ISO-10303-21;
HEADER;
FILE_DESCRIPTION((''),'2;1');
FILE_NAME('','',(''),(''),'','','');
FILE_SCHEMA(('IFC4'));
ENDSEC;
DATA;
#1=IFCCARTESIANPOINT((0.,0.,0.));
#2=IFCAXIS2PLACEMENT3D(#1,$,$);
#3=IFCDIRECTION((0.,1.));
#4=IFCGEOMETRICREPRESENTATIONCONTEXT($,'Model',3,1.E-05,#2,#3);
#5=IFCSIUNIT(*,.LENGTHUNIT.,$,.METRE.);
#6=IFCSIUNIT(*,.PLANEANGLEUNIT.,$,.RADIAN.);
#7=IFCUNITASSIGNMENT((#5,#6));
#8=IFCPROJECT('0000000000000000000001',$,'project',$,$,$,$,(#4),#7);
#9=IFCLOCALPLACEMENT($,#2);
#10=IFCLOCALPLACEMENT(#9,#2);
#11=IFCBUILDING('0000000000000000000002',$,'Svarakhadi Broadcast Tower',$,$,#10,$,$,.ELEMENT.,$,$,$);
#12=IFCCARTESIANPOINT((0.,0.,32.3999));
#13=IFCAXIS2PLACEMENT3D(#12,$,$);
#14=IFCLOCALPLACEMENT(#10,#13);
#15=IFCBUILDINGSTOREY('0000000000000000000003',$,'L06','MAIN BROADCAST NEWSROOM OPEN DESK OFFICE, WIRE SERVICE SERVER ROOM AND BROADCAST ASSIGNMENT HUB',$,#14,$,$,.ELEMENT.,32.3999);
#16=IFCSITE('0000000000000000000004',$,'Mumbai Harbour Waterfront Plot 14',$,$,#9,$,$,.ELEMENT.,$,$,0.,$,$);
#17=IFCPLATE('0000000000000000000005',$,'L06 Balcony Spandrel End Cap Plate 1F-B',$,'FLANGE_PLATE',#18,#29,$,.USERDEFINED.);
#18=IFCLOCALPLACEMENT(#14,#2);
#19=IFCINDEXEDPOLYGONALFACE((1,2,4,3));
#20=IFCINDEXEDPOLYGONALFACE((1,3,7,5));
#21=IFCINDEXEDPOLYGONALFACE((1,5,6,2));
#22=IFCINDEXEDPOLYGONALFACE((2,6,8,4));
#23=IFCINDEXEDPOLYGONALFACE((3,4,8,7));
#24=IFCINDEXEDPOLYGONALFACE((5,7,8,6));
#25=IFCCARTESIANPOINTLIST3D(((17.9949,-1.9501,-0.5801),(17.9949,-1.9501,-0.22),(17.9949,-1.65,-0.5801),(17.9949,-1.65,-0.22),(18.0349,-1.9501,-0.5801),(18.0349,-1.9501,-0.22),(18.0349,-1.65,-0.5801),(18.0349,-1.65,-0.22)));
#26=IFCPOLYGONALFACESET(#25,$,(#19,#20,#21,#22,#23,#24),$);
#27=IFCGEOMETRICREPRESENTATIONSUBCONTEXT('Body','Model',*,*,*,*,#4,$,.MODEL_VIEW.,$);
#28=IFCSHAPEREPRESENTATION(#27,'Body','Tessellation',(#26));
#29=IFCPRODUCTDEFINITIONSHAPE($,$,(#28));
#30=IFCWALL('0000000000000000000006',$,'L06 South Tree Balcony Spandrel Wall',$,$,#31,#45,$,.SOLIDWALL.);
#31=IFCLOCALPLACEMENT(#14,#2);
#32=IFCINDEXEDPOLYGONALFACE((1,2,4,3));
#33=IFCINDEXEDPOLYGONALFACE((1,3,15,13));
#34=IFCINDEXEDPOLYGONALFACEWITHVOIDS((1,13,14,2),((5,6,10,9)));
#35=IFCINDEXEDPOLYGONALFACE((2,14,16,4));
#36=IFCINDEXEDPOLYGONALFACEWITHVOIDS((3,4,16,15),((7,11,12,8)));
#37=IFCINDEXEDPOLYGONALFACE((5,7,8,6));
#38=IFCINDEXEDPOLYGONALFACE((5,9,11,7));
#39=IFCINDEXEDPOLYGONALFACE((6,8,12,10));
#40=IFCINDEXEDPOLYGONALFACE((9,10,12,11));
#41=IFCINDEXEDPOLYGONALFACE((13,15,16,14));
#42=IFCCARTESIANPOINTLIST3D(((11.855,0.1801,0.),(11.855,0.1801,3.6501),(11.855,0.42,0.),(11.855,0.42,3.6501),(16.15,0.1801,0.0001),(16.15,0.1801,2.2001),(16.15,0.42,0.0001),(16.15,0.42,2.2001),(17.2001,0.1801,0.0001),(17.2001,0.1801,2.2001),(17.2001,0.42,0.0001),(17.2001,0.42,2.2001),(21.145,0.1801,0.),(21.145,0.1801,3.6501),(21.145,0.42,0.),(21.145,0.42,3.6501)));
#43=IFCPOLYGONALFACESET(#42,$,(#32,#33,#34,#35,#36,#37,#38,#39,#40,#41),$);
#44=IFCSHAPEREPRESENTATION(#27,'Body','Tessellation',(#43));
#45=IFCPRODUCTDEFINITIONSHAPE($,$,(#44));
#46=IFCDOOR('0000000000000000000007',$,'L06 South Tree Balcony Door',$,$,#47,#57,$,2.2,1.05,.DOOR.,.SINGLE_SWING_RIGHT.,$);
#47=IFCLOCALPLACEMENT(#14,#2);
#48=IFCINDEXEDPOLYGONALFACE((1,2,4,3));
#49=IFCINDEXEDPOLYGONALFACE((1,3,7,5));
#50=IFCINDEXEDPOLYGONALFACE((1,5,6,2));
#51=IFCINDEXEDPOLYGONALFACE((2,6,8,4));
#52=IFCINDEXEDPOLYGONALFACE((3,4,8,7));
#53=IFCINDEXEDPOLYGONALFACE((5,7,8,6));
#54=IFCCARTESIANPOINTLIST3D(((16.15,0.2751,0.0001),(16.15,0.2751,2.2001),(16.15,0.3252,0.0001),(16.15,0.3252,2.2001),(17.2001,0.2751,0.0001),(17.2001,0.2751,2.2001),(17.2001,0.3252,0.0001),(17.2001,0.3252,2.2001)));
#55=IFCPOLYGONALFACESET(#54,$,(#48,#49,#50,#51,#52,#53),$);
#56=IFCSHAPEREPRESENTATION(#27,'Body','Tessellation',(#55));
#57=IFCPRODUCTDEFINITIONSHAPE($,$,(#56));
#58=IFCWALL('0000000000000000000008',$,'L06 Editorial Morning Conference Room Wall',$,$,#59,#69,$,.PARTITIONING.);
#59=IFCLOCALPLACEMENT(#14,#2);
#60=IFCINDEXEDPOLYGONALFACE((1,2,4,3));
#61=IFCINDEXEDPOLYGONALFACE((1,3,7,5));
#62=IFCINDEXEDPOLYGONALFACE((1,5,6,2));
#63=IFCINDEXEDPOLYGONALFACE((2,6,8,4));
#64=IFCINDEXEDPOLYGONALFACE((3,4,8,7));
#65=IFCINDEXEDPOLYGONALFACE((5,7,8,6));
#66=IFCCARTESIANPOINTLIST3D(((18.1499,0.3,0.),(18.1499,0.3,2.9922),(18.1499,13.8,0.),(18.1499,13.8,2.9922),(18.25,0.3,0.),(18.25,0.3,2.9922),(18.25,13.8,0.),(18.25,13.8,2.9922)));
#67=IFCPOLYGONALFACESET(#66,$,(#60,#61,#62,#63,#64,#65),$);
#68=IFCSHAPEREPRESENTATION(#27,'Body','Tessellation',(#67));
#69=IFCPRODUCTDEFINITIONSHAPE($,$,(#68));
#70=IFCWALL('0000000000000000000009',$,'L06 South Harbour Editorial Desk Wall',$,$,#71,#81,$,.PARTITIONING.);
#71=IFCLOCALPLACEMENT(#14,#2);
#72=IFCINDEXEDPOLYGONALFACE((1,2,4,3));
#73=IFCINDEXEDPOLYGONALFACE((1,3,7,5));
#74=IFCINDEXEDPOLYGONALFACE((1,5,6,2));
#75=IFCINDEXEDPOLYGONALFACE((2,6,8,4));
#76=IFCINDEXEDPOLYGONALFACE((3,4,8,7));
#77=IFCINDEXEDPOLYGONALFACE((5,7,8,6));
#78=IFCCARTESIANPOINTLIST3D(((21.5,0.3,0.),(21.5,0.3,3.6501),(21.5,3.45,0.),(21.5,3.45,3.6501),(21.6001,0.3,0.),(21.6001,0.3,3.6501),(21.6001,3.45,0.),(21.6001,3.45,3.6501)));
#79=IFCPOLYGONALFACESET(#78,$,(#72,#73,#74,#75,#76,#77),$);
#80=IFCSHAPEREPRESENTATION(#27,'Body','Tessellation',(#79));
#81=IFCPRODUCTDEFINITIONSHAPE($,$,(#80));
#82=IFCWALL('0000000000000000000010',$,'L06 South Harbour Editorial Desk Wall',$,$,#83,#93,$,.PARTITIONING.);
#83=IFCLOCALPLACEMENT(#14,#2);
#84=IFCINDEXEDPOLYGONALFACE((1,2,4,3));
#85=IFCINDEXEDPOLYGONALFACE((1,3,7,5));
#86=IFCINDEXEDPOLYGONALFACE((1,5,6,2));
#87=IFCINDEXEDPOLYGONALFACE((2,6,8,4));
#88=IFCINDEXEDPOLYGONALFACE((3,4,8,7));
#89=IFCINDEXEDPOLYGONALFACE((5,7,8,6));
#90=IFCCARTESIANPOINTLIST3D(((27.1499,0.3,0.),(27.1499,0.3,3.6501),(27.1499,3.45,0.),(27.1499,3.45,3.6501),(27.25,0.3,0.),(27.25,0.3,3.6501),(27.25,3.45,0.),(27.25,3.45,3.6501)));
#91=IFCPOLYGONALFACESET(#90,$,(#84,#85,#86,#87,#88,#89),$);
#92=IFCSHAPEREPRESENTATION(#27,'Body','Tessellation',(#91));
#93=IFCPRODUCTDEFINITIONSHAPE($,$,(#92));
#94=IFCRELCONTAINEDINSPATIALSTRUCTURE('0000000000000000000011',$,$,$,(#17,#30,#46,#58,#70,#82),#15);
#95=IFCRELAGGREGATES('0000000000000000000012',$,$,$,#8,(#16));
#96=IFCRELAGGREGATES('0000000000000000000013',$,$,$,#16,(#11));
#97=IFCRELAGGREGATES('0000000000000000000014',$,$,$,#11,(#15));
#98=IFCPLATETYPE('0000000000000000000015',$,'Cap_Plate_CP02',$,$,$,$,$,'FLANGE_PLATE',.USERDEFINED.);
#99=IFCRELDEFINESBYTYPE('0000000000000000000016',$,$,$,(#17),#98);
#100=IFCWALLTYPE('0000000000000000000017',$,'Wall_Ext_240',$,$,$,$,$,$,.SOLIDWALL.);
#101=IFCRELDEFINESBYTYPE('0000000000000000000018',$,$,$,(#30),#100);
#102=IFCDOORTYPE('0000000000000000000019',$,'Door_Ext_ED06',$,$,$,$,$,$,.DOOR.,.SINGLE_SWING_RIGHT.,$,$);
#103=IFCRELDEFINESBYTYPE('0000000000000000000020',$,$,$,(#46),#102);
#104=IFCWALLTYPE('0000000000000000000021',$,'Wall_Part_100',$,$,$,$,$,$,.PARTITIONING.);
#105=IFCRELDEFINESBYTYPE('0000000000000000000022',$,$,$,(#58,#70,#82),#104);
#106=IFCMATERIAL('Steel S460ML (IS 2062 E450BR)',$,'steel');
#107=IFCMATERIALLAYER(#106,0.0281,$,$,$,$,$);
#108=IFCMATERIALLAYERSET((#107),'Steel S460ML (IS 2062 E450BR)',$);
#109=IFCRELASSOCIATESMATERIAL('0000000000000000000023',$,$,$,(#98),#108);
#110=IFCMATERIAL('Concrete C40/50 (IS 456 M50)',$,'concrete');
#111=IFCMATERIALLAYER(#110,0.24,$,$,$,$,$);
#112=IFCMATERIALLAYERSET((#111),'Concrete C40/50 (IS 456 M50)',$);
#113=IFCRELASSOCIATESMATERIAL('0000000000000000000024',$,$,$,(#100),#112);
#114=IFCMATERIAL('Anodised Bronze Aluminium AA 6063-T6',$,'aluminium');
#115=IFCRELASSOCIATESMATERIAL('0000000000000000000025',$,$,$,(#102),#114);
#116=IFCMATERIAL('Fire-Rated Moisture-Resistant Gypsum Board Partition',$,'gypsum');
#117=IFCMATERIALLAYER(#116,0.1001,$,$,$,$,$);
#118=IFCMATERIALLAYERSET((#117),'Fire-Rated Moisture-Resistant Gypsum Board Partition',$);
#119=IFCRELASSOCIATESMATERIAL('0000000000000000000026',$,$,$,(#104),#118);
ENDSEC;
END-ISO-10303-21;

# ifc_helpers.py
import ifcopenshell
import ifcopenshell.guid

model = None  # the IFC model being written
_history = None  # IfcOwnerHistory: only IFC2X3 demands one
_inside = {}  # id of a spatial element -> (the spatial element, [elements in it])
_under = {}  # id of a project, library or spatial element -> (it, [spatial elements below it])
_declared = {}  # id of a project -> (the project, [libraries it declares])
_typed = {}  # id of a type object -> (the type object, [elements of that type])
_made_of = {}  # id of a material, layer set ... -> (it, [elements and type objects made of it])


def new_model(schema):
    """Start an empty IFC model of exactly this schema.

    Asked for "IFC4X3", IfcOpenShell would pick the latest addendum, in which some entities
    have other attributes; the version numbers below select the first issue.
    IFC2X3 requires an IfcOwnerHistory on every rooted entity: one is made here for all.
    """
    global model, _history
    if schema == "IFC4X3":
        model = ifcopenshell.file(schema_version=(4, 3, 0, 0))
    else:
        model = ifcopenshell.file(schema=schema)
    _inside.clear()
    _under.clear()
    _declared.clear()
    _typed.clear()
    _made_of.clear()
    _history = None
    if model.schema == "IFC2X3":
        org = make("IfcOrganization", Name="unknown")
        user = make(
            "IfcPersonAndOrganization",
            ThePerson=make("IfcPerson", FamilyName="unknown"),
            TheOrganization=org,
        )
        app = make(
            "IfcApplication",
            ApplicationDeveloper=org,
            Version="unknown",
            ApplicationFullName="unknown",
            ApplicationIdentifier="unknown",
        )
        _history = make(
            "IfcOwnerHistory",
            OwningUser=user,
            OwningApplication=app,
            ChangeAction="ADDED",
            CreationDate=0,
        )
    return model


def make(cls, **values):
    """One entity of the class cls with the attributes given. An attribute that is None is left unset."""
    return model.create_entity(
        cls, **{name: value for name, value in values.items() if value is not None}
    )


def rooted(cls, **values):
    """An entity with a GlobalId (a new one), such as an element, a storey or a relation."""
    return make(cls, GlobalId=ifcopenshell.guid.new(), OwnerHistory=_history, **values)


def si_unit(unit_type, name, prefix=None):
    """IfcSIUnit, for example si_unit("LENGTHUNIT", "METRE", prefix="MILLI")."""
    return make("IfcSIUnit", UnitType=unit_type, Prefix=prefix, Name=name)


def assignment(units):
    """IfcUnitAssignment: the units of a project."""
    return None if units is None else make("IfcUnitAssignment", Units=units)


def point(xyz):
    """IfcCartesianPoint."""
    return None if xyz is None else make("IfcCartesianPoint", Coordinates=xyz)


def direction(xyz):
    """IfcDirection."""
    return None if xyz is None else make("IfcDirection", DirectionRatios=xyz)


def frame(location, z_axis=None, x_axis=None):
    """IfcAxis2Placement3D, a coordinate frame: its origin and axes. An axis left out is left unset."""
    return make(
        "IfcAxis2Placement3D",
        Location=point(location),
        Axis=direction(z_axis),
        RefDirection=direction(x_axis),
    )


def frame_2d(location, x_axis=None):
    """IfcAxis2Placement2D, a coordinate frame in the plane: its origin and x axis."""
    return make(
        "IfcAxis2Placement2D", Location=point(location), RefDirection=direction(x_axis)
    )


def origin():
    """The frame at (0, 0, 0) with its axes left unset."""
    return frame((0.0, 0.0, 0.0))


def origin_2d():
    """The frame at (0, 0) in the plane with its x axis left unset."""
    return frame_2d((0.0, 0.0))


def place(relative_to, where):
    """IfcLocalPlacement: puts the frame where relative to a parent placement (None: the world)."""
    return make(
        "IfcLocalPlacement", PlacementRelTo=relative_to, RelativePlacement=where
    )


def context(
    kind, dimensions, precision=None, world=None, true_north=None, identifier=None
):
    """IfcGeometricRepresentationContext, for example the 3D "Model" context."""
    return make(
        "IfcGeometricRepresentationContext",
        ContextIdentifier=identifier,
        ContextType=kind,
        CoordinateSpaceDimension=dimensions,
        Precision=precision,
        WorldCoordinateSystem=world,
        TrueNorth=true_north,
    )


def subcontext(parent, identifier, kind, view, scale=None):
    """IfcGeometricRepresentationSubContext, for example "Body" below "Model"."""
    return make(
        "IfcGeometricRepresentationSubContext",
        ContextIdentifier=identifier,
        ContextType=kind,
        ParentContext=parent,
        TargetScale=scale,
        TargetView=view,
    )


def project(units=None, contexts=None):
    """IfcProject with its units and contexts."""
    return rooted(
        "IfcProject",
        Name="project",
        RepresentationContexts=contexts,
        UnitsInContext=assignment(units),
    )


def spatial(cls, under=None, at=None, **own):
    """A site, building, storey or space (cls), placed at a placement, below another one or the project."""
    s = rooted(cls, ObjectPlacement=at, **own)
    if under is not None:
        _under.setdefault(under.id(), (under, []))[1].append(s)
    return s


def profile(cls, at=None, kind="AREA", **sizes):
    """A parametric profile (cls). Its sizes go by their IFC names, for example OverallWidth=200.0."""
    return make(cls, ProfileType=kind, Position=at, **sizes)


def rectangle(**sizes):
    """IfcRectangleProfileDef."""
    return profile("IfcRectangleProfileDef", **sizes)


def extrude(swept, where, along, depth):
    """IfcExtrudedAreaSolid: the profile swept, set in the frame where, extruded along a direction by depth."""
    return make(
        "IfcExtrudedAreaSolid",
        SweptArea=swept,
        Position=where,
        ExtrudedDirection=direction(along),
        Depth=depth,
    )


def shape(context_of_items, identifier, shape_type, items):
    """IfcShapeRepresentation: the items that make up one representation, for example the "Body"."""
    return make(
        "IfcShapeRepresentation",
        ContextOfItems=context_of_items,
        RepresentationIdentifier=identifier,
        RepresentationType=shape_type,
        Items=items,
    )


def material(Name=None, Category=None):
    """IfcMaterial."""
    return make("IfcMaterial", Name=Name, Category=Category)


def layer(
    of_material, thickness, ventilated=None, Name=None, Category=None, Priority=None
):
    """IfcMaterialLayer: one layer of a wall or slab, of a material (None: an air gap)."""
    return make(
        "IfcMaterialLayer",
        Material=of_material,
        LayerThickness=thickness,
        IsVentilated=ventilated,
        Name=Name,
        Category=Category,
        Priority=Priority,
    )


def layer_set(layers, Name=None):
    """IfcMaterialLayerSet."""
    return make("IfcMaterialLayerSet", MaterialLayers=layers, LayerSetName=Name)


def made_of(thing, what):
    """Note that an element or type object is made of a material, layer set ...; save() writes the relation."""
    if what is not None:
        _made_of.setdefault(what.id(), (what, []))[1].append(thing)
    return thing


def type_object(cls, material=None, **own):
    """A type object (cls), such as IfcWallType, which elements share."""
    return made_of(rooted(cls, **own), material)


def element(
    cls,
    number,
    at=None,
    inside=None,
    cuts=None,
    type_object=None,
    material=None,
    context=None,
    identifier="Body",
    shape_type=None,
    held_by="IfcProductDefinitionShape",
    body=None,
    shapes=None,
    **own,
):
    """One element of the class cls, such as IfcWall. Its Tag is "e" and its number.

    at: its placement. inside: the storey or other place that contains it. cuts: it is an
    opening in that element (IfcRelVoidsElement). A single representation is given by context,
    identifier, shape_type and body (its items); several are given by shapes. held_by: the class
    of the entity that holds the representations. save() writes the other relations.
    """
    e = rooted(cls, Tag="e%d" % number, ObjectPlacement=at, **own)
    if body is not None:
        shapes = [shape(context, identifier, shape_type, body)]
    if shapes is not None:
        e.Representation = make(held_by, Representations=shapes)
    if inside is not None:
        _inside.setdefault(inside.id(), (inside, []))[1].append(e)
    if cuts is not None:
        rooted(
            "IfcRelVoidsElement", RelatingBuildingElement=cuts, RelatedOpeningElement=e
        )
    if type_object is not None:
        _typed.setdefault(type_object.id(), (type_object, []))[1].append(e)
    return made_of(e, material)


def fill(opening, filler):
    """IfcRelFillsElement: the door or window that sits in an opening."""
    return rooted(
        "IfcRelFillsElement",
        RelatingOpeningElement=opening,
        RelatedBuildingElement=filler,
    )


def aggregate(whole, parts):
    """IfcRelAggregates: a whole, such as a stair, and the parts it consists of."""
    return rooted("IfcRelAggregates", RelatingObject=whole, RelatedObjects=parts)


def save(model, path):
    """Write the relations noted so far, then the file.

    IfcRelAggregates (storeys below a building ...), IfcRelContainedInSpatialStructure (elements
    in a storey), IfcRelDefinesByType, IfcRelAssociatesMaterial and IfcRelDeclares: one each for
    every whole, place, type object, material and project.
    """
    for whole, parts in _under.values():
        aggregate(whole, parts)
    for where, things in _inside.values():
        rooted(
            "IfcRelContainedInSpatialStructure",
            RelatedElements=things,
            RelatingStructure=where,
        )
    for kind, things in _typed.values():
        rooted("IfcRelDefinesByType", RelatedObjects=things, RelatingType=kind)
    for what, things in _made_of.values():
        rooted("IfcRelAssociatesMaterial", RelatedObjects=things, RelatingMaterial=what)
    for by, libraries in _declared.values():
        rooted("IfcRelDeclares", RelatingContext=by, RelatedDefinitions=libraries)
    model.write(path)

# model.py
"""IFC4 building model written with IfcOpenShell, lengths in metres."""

from ifc_helpers import new_model, si_unit, direction, frame, frame_2d, origin, origin_2d, place, context, subcontext, project, spatial, rectangle, extrude, material, layer, layer_set, type_object, element, fill, save


model = new_model("IFC4")

# Units and contexts
model_context = context("Model", 3, precision=1e-05, world=origin(), true_north=direction((0.0, 1.0)))
body_context = subcontext(model_context, "Body", "Model", "MODEL_VIEW")
ifc_project = project(units=[si_unit("LENGTHUNIT", "METRE"), si_unit("PLANEANGLEUNIT", "RADIAN")], contexts=[model_context])

# Site, building, storey
site_placement = place(None, origin())
site = spatial("IfcSite", under=ifc_project, at=site_placement, Name="Mumbai Harbour Waterfront Plot 14", CompositionType="ELEMENT", RefElevation=0.0)
building_placement = place(site_placement, origin())
building = spatial("IfcBuilding", under=site, at=building_placement, Name="Svarakhadi Broadcast Tower", CompositionType="ELEMENT")
storey_placement = place(building_placement, frame((0.0, 0.0, 32.3999)))
storey = spatial("IfcBuildingStorey", under=building, at=storey_placement, Name="L06", Description="MAIN BROADCAST NEWSROOM OPEN DESK OFFICE, WIRE SERVICE SERVER ROOM AND BROADCAST ASSIGNMENT HUB", CompositionType="ELEMENT", Elevation=32.3999)

# Shared definitions
ifc_material_1 = material(Name="Anodised Bronze Aluminium AA 6063-T6", Category="aluminium")

# Plate
ifc_material_2 = material(Name="Steel S460ML (IS 2062 E450BR)", Category="steel")
ifc_layer_1 = layer(ifc_material_2, 0.0281)
ifc_layer_set_1 = layer_set([ifc_layer_1], Name="Steel S460ML (IS 2062 E450BR)")
plate_type_1 = type_object("IfcPlateType", Name="Cap_Plate_CP02", ElementType="FLANGE_PLATE", PredefinedType="USERDEFINED", material=ifc_layer_set_1)
plate_1_placement = place(storey_placement, frame((18.0149, -1.8, -0.5801), z_axis=(0.0, 0.0, 1.0), x_axis=(1.0, 0.0, 0.0)))
element("IfcPlate", 1, at=plate_1_placement, inside=storey, type_object=plate_type_1, Name="L06 Balcony Spandrel End Cap Plate 1F-B", ObjectType="FLANGE_PLATE", PredefinedType="USERDEFINED", context=body_context, shape_type="SweptSolid", body=[
    extrude(rectangle(XDim=0.04, YDim=0.3, at=origin_2d()), origin(), (0.0, 0.0, 1.0), 0.3601),
])

# Wall, opening, door
ifc_material_3 = material(Name="Concrete C40/50 (IS 456 M50)", Category="concrete")
ifc_layer_2 = layer(ifc_material_3, 0.24)
ifc_layer_set_2 = layer_set([ifc_layer_2], Name="Concrete C40/50 (IS 456 M50)")
wall_type_1 = type_object("IfcWallType", Name="Wall_Ext_240", PredefinedType="SOLIDWALL", material=ifc_layer_set_2)
wall_1_placement = place(storey_placement, frame((21.145, 0.3, 0.0), z_axis=(0.0, 0.0, 1.0), x_axis=(-1.0, 0.0, 0.0)))
wall_1 = element("IfcWall", 2, at=wall_1_placement, inside=storey, type_object=wall_type_1, Name="L06 South Tree Balcony Spandrel Wall", PredefinedType="SOLIDWALL", context=body_context, shape_type="SweptSolid", body=[
    extrude(rectangle(XDim=9.29, YDim=0.24, at=frame_2d((4.645, 0.0))), origin(), (0.0, 0.0, 1.0), 3.6501),
])
opening_placement = place(wall_1_placement, frame((3.9451, 0.0, 0.0)))
opening = element("IfcOpeningElement", 3, at=opening_placement, cuts=wall_1, PredefinedType="OPENING", context=body_context, shape_type="SweptSolid", body=[
    extrude(rectangle(XDim=1.05, YDim=2.2, at=frame_2d((0.5249, 1.1001))), frame((0.0, 0.1299, 0.0), z_axis=(0.0, -1.0, 0.0), x_axis=(1.0, 0.0, 0.0)), (0.0, 0.0, 1.0), 0.26),
])
door_type = type_object("IfcDoorType", Name="Door_Ext_ED06", OperationType="SINGLE_SWING_RIGHT", PredefinedType="DOOR", material=ifc_material_1)
door_placement = place(opening_placement, origin())
door = element("IfcDoor", 4, at=door_placement, inside=storey, type_object=door_type, Name="L06 South Tree Balcony Door", OperationType="SINGLE_SWING_RIGHT", OverallHeight=2.2, OverallWidth=1.05, PredefinedType="DOOR", context=body_context, shape_type="SweptSolid", body=[
    extrude(rectangle(XDim=1.05, YDim=2.2, at=frame_2d((0.5249, 1.1001))), frame((0.0, 0.0249, 0.0), z_axis=(0.0, -1.0, 0.0), x_axis=(1.0, 0.0, 0.0)), (0.0, 0.0, 1.0), 0.05),
])
fill(opening, door)

# Walls
ifc_material_4 = material(Name="Fire-Rated Moisture-Resistant Gypsum Board Partition", Category="gypsum")
ifc_layer_3 = layer(ifc_material_4, 0.1001)
ifc_layer_set_3 = layer_set([ifc_layer_3], Name="Fire-Rated Moisture-Resistant Gypsum Board Partition")
wall_type_2 = type_object("IfcWallType", Name="Wall_Part_100", PredefinedType="PARTITIONING", material=ifc_layer_set_3)
wall_2_placement = place(storey_placement, frame((18.2, 0.3, 0.0), z_axis=(0.0, 0.0, 1.0), x_axis=(0.0, 1.0, 0.0)))
element("IfcWall", 5, at=wall_2_placement, inside=storey, type_object=wall_type_2, Name="L06 Editorial Morning Conference Room Wall", PredefinedType="PARTITIONING", context=body_context, shape_type="SweptSolid", body=[
    extrude(rectangle(XDim=13.5, YDim=0.1001, at=frame_2d((6.75, 0.0))), origin(), (0.0, 0.0, 1.0), 2.9922),
])
for number, where, z_axis, x_axis, name in (
    (6, (21.55, 0.3, 0.0), (0.0, 0.0, 1.0), (0.0, 1.0, 0.0), "L06 South Harbour Editorial Desk Wall"),
    (7, (27.2, 0.3, 0.0), (0.0, 0.0, 1.0), (0.0, 1.0, 0.0), "L06 South Harbour Editorial Desk Wall"),
):
    element("IfcWall", number, at=place(storey_placement, frame(where, z_axis=z_axis, x_axis=x_axis)), inside=storey, type_object=wall_type_2, Name=name, PredefinedType="PARTITIONING", context=body_context, shape_type="SweptSolid", body=[
        extrude(rectangle(XDim=3.1499, YDim=0.1001, at=frame_2d((1.575, 0.0))), origin(), (0.0, 0.0, 1.0), 3.6501),
    ])

save(model, "model.ifc")
